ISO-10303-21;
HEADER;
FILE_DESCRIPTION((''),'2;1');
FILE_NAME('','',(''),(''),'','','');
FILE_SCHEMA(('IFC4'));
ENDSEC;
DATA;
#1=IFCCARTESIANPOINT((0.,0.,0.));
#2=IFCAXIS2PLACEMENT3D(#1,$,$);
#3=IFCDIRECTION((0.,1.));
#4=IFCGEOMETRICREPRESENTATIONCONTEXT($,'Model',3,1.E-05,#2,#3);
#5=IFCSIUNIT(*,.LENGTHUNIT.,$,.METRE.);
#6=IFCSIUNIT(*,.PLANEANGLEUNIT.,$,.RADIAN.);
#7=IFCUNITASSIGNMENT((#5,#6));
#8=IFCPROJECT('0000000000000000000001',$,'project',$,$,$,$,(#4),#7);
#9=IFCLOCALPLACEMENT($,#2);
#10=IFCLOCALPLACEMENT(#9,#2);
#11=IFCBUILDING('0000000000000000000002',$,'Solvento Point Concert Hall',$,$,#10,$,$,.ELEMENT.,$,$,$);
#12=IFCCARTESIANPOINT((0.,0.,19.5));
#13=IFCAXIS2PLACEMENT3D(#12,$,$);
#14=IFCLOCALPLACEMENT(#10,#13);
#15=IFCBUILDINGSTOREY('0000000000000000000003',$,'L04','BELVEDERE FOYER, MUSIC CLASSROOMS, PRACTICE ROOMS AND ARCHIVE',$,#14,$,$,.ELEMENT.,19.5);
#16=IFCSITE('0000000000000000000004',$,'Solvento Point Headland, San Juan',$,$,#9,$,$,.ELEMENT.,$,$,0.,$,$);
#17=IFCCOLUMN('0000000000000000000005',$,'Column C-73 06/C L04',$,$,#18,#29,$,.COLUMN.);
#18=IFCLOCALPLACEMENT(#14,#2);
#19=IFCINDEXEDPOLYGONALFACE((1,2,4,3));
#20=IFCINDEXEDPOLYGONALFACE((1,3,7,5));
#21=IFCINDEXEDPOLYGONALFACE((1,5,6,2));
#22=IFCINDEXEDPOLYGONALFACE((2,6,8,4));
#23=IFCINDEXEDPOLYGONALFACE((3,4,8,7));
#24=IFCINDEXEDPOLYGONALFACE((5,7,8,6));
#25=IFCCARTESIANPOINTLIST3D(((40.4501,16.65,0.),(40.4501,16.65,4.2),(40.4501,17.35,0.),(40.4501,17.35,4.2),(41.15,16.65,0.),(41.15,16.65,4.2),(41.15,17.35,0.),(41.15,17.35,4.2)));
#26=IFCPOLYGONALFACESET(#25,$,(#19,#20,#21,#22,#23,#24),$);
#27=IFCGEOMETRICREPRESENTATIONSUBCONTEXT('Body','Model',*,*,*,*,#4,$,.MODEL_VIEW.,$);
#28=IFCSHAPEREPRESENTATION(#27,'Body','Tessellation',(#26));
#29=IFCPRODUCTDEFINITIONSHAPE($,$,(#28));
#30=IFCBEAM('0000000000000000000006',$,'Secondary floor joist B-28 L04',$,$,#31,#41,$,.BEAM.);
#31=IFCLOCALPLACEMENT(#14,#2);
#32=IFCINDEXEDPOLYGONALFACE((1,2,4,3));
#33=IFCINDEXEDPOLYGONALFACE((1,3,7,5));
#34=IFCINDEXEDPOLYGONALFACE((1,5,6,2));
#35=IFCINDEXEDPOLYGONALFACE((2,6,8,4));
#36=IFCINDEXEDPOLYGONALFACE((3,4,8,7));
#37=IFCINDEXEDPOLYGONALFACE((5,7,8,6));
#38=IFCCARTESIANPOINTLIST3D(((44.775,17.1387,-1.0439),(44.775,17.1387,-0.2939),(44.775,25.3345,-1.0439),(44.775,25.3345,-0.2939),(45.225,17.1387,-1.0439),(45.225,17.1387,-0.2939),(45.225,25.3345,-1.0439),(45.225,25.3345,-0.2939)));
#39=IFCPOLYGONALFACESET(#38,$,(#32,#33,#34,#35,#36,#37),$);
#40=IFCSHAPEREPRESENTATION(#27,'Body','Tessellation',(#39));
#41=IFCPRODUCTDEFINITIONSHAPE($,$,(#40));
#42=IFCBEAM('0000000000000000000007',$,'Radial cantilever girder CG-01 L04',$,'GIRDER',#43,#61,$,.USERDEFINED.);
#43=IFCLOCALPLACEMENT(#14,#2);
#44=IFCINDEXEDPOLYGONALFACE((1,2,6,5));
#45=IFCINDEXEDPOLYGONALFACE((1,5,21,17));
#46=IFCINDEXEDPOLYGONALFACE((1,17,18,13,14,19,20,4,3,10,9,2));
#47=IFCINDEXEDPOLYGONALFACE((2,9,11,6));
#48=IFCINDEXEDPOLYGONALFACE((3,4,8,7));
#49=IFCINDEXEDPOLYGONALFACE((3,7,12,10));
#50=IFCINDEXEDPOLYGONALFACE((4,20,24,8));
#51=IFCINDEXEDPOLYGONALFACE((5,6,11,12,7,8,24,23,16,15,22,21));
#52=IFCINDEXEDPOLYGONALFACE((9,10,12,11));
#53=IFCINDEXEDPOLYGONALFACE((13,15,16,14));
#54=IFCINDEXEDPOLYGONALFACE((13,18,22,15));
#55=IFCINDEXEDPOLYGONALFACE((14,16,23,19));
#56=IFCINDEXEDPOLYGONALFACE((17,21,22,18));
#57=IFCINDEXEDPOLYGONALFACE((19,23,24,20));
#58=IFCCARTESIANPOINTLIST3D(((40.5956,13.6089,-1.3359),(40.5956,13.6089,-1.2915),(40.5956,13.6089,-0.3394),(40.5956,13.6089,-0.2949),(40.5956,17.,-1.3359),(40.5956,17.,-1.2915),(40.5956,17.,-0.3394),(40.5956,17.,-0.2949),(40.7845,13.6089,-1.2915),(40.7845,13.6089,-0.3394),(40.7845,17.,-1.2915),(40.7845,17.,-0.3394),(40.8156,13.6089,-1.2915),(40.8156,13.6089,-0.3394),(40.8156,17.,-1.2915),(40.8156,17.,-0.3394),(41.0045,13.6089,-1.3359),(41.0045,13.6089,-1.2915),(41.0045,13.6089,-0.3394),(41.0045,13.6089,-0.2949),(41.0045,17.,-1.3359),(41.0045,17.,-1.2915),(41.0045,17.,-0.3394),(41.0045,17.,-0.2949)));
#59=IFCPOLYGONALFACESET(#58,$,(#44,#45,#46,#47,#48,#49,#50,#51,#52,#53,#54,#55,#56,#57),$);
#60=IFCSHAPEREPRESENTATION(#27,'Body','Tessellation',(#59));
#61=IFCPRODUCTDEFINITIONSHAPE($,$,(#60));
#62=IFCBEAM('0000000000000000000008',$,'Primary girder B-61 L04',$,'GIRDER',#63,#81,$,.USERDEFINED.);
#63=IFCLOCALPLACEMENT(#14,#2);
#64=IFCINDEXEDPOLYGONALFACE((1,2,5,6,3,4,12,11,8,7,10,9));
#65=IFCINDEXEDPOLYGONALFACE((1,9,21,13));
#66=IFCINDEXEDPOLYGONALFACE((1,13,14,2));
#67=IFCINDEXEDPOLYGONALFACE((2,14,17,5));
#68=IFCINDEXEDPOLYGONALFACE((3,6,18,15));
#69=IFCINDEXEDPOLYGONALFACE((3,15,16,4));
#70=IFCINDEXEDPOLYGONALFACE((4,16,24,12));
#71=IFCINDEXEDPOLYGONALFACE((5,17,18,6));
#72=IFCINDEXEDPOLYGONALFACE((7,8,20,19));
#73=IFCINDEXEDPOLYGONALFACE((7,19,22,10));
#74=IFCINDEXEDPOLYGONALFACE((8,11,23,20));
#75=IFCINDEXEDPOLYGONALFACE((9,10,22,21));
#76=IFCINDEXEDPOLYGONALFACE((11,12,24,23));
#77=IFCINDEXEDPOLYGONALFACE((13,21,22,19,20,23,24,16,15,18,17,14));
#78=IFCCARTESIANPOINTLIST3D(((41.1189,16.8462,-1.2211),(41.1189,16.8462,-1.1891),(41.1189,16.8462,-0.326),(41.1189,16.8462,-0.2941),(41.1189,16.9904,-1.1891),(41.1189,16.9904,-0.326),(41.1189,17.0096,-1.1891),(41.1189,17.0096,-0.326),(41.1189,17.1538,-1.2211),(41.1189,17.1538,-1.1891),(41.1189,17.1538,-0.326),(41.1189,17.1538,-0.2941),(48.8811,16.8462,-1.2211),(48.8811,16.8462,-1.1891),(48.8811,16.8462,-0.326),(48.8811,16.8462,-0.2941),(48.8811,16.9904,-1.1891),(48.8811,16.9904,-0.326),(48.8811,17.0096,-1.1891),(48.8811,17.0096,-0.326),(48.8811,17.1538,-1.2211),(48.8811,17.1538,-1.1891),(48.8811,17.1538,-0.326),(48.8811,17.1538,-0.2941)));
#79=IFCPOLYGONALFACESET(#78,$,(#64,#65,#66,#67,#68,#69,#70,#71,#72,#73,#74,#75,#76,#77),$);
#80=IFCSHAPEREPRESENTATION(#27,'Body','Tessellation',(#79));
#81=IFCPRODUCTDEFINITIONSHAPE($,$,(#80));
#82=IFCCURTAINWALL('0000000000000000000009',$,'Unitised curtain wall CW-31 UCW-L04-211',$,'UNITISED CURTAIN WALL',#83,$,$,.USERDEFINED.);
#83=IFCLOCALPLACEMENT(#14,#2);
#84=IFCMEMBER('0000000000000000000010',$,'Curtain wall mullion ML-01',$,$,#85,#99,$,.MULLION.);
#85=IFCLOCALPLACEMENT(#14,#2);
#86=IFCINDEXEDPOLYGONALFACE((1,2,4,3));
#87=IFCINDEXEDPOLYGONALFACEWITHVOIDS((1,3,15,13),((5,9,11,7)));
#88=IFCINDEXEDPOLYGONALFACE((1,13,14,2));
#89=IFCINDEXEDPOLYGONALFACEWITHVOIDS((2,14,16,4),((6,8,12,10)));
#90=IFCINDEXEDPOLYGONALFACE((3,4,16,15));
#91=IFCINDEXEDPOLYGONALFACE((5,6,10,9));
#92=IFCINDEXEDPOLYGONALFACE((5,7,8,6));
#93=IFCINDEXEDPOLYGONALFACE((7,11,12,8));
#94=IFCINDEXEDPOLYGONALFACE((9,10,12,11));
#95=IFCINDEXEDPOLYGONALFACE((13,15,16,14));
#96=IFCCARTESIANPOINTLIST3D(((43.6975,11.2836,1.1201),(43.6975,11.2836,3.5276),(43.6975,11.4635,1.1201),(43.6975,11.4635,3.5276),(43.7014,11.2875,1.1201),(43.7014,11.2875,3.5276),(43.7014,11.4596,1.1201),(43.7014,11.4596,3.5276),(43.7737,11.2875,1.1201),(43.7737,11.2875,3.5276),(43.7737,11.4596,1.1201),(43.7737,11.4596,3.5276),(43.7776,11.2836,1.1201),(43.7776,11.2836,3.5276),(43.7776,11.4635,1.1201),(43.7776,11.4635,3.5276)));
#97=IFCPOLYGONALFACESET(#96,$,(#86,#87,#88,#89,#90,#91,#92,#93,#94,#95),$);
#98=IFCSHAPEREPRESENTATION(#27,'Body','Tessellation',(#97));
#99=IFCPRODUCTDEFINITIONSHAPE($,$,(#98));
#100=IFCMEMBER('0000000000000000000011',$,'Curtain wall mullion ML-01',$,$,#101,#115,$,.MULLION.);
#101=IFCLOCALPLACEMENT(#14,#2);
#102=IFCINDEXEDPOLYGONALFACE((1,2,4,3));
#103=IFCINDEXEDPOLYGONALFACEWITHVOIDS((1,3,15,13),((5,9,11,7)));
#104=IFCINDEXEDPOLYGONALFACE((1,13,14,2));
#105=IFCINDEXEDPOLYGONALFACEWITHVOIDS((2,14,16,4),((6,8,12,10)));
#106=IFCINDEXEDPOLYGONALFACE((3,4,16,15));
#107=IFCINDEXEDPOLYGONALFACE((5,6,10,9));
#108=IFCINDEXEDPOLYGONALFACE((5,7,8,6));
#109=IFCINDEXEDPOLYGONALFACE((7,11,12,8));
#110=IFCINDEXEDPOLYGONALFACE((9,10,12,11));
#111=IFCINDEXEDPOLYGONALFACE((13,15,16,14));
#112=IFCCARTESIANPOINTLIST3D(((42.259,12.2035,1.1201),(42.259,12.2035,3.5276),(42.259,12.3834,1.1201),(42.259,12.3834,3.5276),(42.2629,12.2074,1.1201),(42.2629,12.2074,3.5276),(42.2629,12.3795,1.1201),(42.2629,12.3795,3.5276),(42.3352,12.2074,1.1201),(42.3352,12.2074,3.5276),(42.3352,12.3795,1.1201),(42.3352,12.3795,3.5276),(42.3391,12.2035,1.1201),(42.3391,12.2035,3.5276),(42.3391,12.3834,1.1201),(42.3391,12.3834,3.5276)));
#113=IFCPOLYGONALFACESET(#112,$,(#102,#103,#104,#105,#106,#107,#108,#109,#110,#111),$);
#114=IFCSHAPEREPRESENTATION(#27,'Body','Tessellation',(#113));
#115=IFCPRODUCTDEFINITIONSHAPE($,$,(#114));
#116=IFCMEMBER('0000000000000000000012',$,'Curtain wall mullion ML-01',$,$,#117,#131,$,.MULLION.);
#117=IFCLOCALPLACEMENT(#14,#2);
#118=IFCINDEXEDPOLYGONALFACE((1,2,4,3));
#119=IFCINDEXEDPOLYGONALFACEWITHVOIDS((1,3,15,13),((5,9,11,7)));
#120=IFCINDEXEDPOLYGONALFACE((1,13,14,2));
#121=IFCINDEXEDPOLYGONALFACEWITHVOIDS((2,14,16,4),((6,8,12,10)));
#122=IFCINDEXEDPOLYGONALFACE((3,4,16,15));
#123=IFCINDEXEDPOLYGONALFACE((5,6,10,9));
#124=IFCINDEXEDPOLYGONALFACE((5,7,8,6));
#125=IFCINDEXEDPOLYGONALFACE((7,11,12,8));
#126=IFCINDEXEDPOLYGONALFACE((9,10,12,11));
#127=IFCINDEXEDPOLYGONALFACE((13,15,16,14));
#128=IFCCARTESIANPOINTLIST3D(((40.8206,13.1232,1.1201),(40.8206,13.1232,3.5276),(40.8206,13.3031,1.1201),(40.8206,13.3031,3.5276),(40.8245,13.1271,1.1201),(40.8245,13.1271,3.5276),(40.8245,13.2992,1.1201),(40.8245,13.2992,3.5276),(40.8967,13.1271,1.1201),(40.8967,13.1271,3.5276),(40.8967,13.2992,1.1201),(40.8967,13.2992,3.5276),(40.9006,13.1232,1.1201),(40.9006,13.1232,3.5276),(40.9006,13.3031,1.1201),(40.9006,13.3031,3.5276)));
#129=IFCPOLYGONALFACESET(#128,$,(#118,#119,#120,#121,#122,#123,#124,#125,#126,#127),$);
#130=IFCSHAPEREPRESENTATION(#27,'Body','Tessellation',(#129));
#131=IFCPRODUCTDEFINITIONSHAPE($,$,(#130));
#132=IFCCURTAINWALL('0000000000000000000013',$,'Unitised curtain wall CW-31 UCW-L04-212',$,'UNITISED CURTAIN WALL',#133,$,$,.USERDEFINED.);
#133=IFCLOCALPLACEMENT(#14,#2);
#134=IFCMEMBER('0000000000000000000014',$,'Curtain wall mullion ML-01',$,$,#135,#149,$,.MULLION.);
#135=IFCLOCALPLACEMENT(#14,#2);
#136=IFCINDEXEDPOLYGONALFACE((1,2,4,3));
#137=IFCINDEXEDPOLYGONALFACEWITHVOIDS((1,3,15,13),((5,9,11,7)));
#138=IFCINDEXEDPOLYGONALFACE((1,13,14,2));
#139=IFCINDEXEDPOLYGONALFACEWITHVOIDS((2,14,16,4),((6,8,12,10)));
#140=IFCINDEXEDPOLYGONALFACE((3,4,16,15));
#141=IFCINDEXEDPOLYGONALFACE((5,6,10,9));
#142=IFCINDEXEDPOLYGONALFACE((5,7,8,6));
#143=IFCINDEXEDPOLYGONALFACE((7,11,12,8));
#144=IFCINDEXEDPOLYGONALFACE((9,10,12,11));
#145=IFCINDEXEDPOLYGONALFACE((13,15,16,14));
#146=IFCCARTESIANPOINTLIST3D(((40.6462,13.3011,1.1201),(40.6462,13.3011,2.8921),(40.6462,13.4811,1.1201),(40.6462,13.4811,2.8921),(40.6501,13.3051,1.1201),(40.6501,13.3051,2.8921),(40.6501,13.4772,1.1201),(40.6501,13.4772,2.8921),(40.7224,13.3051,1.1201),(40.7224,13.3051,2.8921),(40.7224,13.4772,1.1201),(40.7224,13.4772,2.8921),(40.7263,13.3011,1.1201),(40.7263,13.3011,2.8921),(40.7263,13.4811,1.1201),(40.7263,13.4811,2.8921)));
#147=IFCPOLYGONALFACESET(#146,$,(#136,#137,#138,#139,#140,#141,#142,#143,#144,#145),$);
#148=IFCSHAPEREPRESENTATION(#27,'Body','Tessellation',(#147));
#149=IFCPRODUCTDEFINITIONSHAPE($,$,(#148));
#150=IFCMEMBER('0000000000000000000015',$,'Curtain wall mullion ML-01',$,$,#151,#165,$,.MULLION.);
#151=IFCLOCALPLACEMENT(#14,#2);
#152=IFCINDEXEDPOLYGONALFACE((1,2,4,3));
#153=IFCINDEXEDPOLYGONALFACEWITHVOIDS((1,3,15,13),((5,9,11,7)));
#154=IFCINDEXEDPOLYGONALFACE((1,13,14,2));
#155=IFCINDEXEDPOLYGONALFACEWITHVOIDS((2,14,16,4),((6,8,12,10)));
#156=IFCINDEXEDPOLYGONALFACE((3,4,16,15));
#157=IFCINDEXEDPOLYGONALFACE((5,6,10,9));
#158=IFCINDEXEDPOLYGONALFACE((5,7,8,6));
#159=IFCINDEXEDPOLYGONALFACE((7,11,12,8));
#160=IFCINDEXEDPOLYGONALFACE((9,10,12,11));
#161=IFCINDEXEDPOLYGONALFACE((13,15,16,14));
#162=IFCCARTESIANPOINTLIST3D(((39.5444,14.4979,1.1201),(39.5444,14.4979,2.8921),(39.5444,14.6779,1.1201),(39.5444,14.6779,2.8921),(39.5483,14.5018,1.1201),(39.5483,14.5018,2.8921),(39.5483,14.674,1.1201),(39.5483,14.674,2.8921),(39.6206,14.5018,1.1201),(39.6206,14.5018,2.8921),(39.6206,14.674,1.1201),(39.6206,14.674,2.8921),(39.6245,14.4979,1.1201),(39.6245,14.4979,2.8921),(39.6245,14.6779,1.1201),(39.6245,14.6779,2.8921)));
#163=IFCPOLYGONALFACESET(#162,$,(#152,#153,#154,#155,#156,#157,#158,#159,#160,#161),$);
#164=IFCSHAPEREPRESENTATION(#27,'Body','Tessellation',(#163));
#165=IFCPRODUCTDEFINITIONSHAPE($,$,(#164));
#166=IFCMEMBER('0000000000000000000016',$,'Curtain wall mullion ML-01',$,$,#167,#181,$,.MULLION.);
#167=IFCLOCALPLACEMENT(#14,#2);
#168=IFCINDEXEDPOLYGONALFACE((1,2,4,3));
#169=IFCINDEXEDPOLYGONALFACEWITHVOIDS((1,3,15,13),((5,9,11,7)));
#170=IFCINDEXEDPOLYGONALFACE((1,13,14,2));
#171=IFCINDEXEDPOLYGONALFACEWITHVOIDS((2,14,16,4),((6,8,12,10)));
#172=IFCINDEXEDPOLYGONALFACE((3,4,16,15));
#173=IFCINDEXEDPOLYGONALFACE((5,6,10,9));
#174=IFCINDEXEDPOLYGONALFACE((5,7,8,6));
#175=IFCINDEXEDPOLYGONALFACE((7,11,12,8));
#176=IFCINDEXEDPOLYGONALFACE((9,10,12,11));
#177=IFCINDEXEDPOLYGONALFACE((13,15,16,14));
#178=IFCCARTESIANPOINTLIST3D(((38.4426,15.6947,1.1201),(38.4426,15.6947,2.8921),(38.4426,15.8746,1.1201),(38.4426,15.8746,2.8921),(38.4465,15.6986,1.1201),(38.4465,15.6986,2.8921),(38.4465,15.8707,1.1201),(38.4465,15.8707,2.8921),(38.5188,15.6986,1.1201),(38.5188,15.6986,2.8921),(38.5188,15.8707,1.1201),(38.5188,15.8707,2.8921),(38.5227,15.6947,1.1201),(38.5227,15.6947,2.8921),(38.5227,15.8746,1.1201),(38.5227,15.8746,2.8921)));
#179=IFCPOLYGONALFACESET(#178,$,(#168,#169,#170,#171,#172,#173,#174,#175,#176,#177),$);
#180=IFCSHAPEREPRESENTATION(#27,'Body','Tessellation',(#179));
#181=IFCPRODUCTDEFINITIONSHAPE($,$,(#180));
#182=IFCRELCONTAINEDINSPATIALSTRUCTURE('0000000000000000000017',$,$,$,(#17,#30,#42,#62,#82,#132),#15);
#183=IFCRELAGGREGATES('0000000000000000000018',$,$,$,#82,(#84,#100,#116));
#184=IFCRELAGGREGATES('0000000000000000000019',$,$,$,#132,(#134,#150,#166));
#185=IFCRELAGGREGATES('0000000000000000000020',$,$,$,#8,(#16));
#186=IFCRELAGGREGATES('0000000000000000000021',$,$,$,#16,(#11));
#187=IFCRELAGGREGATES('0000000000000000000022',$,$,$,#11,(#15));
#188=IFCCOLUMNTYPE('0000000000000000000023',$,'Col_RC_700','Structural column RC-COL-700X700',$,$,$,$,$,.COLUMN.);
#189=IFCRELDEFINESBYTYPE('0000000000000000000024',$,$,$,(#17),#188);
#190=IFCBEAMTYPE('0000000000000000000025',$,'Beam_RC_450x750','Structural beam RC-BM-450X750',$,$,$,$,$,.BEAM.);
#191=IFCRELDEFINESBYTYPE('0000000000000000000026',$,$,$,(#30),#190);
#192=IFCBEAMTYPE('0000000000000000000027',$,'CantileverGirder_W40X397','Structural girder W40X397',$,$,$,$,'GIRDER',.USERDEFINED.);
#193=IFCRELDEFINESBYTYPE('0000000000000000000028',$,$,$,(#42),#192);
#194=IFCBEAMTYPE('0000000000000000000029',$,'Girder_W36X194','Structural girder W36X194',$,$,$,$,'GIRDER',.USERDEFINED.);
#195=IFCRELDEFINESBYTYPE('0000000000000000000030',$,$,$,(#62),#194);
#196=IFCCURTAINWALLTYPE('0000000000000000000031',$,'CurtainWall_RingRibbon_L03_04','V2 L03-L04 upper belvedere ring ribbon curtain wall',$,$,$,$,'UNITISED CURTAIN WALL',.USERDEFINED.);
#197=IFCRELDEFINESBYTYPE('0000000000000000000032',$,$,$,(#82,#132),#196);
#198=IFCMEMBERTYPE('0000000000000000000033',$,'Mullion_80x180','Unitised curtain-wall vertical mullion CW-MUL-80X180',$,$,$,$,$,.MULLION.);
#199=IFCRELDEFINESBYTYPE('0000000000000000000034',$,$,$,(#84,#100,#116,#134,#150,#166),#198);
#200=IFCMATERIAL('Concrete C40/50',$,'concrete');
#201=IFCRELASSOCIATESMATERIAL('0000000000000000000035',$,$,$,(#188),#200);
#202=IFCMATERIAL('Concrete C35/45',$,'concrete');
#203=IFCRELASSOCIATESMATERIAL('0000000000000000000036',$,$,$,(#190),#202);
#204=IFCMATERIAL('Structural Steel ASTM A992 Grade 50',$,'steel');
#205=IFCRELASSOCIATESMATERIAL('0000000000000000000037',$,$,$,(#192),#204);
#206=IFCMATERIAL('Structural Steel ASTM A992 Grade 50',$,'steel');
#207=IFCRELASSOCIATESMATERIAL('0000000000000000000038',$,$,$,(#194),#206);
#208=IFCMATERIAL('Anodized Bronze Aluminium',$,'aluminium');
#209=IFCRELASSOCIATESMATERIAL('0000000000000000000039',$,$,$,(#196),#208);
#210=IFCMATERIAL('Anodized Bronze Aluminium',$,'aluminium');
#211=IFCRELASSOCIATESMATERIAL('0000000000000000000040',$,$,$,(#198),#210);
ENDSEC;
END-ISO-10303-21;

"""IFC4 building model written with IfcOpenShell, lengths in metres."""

from ifc_helpers import new_model, si_unit, direction, frame, origin, origin_2d, place, context, subcontext, project, spatial, rectangle, hollow_rectangle, i_section, extrude, material, material_profile, profile_set, type_object, element, aggregate, save


model = new_model("IFC4")

# Units and contexts
model_context = context("Model", 3, precision=1e-05, world=origin(), true_north=direction((0.0, 1.0)))
body_context = subcontext(model_context, "Body", "Model", "MODEL_VIEW")
ifc_project = project(units=[si_unit("LENGTHUNIT", "METRE"), si_unit("PLANEANGLEUNIT", "RADIAN")], contexts=[model_context])

# Site, building, storey
site_placement = place(None, origin())
site = spatial("IfcSite", under=ifc_project, at=site_placement, Name="Solvento Point Headland, San Juan", CompositionType="ELEMENT", RefElevation=0.0)
building_placement = place(site_placement, origin())
building = spatial("IfcBuilding", under=site, at=building_placement, Name="Solvento Point Concert Hall", CompositionType="ELEMENT")
storey_placement = place(building_placement, frame((0.0, 0.0, 19.5)))
storey = spatial("IfcBuildingStorey", under=building, at=storey_placement, Name="L04", Description="BELVEDERE FOYER, MUSIC CLASSROOMS, PRACTICE ROOMS AND ARCHIVE", CompositionType="ELEMENT", Elevation=19.5)

# Column
ifc_material_1 = material(Name="Concrete C40/50", Category="concrete")
ifc_material_profile_1 = material_profile(ifc_material_1, rectangle(XDim=0.7, YDim=0.7, at=origin_2d()), Name="RC-COL-700X700")
ifc_profile_set_1 = profile_set([ifc_material_profile_1], Name="Concrete C40/50")
column_type = type_object("IfcColumnType", Name="Col_RC_700", Description="Structural column RC-COL-700X700", PredefinedType="COLUMN", material=ifc_profile_set_1)
column_placement = place(storey_placement, frame((40.8, 17.0, 0.0), z_axis=(0.0, 0.0, 1.0), x_axis=(1.0, 0.0, 0.0)))
element("IfcColumn", 1, at=column_placement, inside=storey, type_object=column_type, Name="Column C-73 06/C L04", PredefinedType="COLUMN", context=body_context, shape_type="SweptSolid", body=[
    extrude(rectangle(XDim=0.7, YDim=0.7, at=origin_2d()), origin(), (0.0, 0.0, 1.0), 4.2),
])

# Beams
ifc_material_2 = material(Name="Concrete C35/45", Category="concrete")
ifc_material_profile_2 = material_profile(ifc_material_2, rectangle(XDim=0.45, YDim=0.75, at=origin_2d()), Name="RC-BM-450X750")
ifc_profile_set_2 = profile_set([ifc_material_profile_2], Name="Concrete C35/45")
beam_type_1 = type_object("IfcBeamType", Name="Beam_RC_450x750", Description="Structural beam RC-BM-450X750", PredefinedType="BEAM", material=ifc_profile_set_2)
beam_1_placement = place(storey_placement, frame((45.0, 17.1387, -0.6689), z_axis=(0.0, 1.0, 0.0), x_axis=(-1.0, 0.0, 0.0)))
element("IfcBeam", 2, at=beam_1_placement, inside=storey, type_object=beam_type_1, Name="Secondary floor joist B-28 L04", PredefinedType="BEAM", context=body_context, shape_type="SweptSolid", body=[
    extrude(rectangle(XDim=0.45, YDim=0.75, at=origin_2d()), origin(), (0.0, 0.0, 1.0), 8.1958),
])
ifc_material_3 = material(Name="Structural Steel ASTM A992 Grade 50", Category="steel")
ifc_material_profile_3 = material_profile(ifc_material_3, i_section(OverallWidth=0.4089, OverallDepth=1.041, WebThickness=0.031, FlangeThickness=0.0444, at=origin_2d()), Name="W40X397")
ifc_profile_set_3 = profile_set([ifc_material_profile_3], Name="Structural Steel ASTM A992 Grade 50")
beam_type_2 = type_object("IfcBeamType", Name="CantileverGirder_W40X397", Description="Structural girder W40X397", ElementType="GIRDER", PredefinedType="USERDEFINED", material=ifc_profile_set_3)
beam_2_placement = place(storey_placement, frame((40.8, 17.0, -0.8154), z_axis=(0.0, -1.0, 0.0), x_axis=(1.0, 0.0, 0.0)))
element("IfcBeam", 3, at=beam_2_placement, inside=storey, type_object=beam_type_2, Name="Radial cantilever girder CG-01 L04", ObjectType="GIRDER", PredefinedType="USERDEFINED", context=body_context, shape_type="SweptSolid", body=[
    extrude(i_section(OverallWidth=0.4089, OverallDepth=1.041, WebThickness=0.031, FlangeThickness=0.0444, at=origin_2d()), origin(), (0.0, 0.0, 1.0), 3.3911),
])
ifc_material_4 = material(Name="Structural Steel ASTM A992 Grade 50", Category="steel")
ifc_material_profile_4 = material_profile(ifc_material_4, i_section(OverallWidth=0.3076, OverallDepth=0.927, WebThickness=0.0193, FlangeThickness=0.032, at=origin_2d()), Name="W36X194")
ifc_profile_set_4 = profile_set([ifc_material_profile_4], Name="Structural Steel ASTM A992 Grade 50")
beam_type_3 = type_object("IfcBeamType", Name="Girder_W36X194", Description="Structural girder W36X194", ElementType="GIRDER", PredefinedType="USERDEFINED", material=ifc_profile_set_4)
beam_3_placement = place(storey_placement, frame((41.1189, 17.0, -0.7576), z_axis=(1.0, 0.0, 0.0), x_axis=(0.0, 1.0, 0.0)))
element("IfcBeam", 4, at=beam_3_placement, inside=storey, type_object=beam_type_3, Name="Primary girder B-61 L04", ObjectType="GIRDER", PredefinedType="USERDEFINED", context=body_context, shape_type="SweptSolid", body=[
    extrude(i_section(OverallWidth=0.3076, OverallDepth=0.927, WebThickness=0.0193, FlangeThickness=0.032, at=origin_2d()), origin(), (0.0, 0.0, 1.0), 7.7622),
])

# Curtain walls, members
ifc_material_5 = material(Name="Anodized Bronze Aluminium", Category="aluminium")
curtain_wall_type = type_object("IfcCurtainWallType", Name="CurtainWall_RingRibbon_L03_04", Description="V2 L03-L04 upper belvedere ring ribbon curtain wall", ElementType="UNITISED CURTAIN WALL", PredefinedType="USERDEFINED", material=ifc_material_5)
curtain_wall_1_placement = place(storey_placement, origin())
curtain_wall_1 = element("IfcCurtainWall", 5, at=curtain_wall_1_placement, inside=storey, type_object=curtain_wall_type, Name="Unitised curtain wall CW-31 UCW-L04-211", ObjectType="UNITISED CURTAIN WALL", PredefinedType="USERDEFINED")
ifc_material_6 = material(Name="Anodized Bronze Aluminium", Category="aluminium")
ifc_material_profile_5 = material_profile(ifc_material_6, hollow_rectangle(XDim=0.0801, YDim=0.1799, WallThickness=0.0039, at=origin_2d()), Name="CW-MUL-80X180")
ifc_profile_set_5 = profile_set([ifc_material_profile_5], Name="Anodized Bronze Aluminium")
member_type_1 = type_object("IfcMemberType", Name="Mullion_80x180", Description="Unitised curtain-wall vertical mullion CW-MUL-80X180", PredefinedType="MULLION", material=ifc_profile_set_5)
member_1_placement = place(storey_placement, frame((43.7375, 11.3735, 1.1201), z_axis=(0.0, 0.0, 1.0), x_axis=(1.0, 0.0, 0.0)))
member_1 = element("IfcMember", 6, at=member_1_placement, type_object=member_type_1, Name="Curtain wall mullion ML-01", PredefinedType="MULLION", context=body_context, shape_type="SweptSolid", body=[
    extrude(hollow_rectangle(XDim=0.0801, YDim=0.1799, WallThickness=0.0039, at=origin_2d()), origin(), (0.0, 0.0, 1.0), 2.4075),
])
member_2_placement = place(storey_placement, frame((42.2991, 12.2935, 1.1201), z_axis=(0.0, 0.0, 1.0), x_axis=(1.0, 0.0, 0.0)))
member_2 = element("IfcMember", 7, at=member_2_placement, type_object=member_type_1, Name="Curtain wall mullion ML-01", PredefinedType="MULLION", context=body_context, shape_type="SweptSolid", body=[
    extrude(hollow_rectangle(XDim=0.0801, YDim=0.1799, WallThickness=0.0039, at=origin_2d()), origin(), (0.0, 0.0, 1.0), 2.4075),
])
member_3_placement = place(storey_placement, frame((40.8606, 13.2131, 1.1201), z_axis=(0.0, 0.0, 1.0), x_axis=(1.0, 0.0, 0.0)))
member_3 = element("IfcMember", 8, at=member_3_placement, type_object=member_type_1, Name="Curtain wall mullion ML-01", PredefinedType="MULLION", context=body_context, shape_type="SweptSolid", body=[
    extrude(hollow_rectangle(XDim=0.0801, YDim=0.1799, WallThickness=0.0039, at=origin_2d()), origin(), (0.0, 0.0, 1.0), 2.4075),
])
curtain_wall_2_placement = place(storey_placement, origin())
curtain_wall_2 = element("IfcCurtainWall", 9, at=curtain_wall_2_placement, inside=storey, type_object=curtain_wall_type, Name="Unitised curtain wall CW-31 UCW-L04-212", ObjectType="UNITISED CURTAIN WALL", PredefinedType="USERDEFINED")
member_4_placement = place(storey_placement, frame((40.6863, 13.3911, 1.1201), z_axis=(0.0, 0.0, 1.0), x_axis=(1.0, 0.0, 0.0)))
member_4 = element("IfcMember", 10, at=member_4_placement, type_object=member_type_1, Name="Curtain wall mullion ML-01", PredefinedType="MULLION", context=body_context, shape_type="SweptSolid", body=[
    extrude(hollow_rectangle(XDim=0.0801, YDim=0.1799, WallThickness=0.0039, at=origin_2d()), origin(), (0.0, 0.0, 1.0), 1.772),
])
member_5_placement = place(storey_placement, frame((39.5845, 14.5879, 1.1201), z_axis=(0.0, 0.0, 1.0), x_axis=(1.0, 0.0, 0.0)))
member_5 = element("IfcMember", 11, at=member_5_placement, type_object=member_type_1, Name="Curtain wall mullion ML-01", PredefinedType="MULLION", context=body_context, shape_type="SweptSolid", body=[
    extrude(hollow_rectangle(XDim=0.0801, YDim=0.1799, WallThickness=0.0039, at=origin_2d()), origin(), (0.0, 0.0, 1.0), 1.772),
])
member_6_placement = place(storey_placement, frame((38.4827, 15.7847, 1.1201), z_axis=(0.0, 0.0, 1.0), x_axis=(1.0, 0.0, 0.0)))
member_6 = element("IfcMember", 12, at=member_6_placement, type_object=member_type_1, Name="Curtain wall mullion ML-01", PredefinedType="MULLION", context=body_context, shape_type="SweptSolid", body=[
    extrude(hollow_rectangle(XDim=0.0801, YDim=0.1799, WallThickness=0.0039, at=origin_2d()), origin(), (0.0, 0.0, 1.0), 1.772),
])

aggregate(curtain_wall_1, [member_1, member_2, member_3])
aggregate(curtain_wall_2, [member_4, member_5, member_6])

save(model, "model.ifc")
